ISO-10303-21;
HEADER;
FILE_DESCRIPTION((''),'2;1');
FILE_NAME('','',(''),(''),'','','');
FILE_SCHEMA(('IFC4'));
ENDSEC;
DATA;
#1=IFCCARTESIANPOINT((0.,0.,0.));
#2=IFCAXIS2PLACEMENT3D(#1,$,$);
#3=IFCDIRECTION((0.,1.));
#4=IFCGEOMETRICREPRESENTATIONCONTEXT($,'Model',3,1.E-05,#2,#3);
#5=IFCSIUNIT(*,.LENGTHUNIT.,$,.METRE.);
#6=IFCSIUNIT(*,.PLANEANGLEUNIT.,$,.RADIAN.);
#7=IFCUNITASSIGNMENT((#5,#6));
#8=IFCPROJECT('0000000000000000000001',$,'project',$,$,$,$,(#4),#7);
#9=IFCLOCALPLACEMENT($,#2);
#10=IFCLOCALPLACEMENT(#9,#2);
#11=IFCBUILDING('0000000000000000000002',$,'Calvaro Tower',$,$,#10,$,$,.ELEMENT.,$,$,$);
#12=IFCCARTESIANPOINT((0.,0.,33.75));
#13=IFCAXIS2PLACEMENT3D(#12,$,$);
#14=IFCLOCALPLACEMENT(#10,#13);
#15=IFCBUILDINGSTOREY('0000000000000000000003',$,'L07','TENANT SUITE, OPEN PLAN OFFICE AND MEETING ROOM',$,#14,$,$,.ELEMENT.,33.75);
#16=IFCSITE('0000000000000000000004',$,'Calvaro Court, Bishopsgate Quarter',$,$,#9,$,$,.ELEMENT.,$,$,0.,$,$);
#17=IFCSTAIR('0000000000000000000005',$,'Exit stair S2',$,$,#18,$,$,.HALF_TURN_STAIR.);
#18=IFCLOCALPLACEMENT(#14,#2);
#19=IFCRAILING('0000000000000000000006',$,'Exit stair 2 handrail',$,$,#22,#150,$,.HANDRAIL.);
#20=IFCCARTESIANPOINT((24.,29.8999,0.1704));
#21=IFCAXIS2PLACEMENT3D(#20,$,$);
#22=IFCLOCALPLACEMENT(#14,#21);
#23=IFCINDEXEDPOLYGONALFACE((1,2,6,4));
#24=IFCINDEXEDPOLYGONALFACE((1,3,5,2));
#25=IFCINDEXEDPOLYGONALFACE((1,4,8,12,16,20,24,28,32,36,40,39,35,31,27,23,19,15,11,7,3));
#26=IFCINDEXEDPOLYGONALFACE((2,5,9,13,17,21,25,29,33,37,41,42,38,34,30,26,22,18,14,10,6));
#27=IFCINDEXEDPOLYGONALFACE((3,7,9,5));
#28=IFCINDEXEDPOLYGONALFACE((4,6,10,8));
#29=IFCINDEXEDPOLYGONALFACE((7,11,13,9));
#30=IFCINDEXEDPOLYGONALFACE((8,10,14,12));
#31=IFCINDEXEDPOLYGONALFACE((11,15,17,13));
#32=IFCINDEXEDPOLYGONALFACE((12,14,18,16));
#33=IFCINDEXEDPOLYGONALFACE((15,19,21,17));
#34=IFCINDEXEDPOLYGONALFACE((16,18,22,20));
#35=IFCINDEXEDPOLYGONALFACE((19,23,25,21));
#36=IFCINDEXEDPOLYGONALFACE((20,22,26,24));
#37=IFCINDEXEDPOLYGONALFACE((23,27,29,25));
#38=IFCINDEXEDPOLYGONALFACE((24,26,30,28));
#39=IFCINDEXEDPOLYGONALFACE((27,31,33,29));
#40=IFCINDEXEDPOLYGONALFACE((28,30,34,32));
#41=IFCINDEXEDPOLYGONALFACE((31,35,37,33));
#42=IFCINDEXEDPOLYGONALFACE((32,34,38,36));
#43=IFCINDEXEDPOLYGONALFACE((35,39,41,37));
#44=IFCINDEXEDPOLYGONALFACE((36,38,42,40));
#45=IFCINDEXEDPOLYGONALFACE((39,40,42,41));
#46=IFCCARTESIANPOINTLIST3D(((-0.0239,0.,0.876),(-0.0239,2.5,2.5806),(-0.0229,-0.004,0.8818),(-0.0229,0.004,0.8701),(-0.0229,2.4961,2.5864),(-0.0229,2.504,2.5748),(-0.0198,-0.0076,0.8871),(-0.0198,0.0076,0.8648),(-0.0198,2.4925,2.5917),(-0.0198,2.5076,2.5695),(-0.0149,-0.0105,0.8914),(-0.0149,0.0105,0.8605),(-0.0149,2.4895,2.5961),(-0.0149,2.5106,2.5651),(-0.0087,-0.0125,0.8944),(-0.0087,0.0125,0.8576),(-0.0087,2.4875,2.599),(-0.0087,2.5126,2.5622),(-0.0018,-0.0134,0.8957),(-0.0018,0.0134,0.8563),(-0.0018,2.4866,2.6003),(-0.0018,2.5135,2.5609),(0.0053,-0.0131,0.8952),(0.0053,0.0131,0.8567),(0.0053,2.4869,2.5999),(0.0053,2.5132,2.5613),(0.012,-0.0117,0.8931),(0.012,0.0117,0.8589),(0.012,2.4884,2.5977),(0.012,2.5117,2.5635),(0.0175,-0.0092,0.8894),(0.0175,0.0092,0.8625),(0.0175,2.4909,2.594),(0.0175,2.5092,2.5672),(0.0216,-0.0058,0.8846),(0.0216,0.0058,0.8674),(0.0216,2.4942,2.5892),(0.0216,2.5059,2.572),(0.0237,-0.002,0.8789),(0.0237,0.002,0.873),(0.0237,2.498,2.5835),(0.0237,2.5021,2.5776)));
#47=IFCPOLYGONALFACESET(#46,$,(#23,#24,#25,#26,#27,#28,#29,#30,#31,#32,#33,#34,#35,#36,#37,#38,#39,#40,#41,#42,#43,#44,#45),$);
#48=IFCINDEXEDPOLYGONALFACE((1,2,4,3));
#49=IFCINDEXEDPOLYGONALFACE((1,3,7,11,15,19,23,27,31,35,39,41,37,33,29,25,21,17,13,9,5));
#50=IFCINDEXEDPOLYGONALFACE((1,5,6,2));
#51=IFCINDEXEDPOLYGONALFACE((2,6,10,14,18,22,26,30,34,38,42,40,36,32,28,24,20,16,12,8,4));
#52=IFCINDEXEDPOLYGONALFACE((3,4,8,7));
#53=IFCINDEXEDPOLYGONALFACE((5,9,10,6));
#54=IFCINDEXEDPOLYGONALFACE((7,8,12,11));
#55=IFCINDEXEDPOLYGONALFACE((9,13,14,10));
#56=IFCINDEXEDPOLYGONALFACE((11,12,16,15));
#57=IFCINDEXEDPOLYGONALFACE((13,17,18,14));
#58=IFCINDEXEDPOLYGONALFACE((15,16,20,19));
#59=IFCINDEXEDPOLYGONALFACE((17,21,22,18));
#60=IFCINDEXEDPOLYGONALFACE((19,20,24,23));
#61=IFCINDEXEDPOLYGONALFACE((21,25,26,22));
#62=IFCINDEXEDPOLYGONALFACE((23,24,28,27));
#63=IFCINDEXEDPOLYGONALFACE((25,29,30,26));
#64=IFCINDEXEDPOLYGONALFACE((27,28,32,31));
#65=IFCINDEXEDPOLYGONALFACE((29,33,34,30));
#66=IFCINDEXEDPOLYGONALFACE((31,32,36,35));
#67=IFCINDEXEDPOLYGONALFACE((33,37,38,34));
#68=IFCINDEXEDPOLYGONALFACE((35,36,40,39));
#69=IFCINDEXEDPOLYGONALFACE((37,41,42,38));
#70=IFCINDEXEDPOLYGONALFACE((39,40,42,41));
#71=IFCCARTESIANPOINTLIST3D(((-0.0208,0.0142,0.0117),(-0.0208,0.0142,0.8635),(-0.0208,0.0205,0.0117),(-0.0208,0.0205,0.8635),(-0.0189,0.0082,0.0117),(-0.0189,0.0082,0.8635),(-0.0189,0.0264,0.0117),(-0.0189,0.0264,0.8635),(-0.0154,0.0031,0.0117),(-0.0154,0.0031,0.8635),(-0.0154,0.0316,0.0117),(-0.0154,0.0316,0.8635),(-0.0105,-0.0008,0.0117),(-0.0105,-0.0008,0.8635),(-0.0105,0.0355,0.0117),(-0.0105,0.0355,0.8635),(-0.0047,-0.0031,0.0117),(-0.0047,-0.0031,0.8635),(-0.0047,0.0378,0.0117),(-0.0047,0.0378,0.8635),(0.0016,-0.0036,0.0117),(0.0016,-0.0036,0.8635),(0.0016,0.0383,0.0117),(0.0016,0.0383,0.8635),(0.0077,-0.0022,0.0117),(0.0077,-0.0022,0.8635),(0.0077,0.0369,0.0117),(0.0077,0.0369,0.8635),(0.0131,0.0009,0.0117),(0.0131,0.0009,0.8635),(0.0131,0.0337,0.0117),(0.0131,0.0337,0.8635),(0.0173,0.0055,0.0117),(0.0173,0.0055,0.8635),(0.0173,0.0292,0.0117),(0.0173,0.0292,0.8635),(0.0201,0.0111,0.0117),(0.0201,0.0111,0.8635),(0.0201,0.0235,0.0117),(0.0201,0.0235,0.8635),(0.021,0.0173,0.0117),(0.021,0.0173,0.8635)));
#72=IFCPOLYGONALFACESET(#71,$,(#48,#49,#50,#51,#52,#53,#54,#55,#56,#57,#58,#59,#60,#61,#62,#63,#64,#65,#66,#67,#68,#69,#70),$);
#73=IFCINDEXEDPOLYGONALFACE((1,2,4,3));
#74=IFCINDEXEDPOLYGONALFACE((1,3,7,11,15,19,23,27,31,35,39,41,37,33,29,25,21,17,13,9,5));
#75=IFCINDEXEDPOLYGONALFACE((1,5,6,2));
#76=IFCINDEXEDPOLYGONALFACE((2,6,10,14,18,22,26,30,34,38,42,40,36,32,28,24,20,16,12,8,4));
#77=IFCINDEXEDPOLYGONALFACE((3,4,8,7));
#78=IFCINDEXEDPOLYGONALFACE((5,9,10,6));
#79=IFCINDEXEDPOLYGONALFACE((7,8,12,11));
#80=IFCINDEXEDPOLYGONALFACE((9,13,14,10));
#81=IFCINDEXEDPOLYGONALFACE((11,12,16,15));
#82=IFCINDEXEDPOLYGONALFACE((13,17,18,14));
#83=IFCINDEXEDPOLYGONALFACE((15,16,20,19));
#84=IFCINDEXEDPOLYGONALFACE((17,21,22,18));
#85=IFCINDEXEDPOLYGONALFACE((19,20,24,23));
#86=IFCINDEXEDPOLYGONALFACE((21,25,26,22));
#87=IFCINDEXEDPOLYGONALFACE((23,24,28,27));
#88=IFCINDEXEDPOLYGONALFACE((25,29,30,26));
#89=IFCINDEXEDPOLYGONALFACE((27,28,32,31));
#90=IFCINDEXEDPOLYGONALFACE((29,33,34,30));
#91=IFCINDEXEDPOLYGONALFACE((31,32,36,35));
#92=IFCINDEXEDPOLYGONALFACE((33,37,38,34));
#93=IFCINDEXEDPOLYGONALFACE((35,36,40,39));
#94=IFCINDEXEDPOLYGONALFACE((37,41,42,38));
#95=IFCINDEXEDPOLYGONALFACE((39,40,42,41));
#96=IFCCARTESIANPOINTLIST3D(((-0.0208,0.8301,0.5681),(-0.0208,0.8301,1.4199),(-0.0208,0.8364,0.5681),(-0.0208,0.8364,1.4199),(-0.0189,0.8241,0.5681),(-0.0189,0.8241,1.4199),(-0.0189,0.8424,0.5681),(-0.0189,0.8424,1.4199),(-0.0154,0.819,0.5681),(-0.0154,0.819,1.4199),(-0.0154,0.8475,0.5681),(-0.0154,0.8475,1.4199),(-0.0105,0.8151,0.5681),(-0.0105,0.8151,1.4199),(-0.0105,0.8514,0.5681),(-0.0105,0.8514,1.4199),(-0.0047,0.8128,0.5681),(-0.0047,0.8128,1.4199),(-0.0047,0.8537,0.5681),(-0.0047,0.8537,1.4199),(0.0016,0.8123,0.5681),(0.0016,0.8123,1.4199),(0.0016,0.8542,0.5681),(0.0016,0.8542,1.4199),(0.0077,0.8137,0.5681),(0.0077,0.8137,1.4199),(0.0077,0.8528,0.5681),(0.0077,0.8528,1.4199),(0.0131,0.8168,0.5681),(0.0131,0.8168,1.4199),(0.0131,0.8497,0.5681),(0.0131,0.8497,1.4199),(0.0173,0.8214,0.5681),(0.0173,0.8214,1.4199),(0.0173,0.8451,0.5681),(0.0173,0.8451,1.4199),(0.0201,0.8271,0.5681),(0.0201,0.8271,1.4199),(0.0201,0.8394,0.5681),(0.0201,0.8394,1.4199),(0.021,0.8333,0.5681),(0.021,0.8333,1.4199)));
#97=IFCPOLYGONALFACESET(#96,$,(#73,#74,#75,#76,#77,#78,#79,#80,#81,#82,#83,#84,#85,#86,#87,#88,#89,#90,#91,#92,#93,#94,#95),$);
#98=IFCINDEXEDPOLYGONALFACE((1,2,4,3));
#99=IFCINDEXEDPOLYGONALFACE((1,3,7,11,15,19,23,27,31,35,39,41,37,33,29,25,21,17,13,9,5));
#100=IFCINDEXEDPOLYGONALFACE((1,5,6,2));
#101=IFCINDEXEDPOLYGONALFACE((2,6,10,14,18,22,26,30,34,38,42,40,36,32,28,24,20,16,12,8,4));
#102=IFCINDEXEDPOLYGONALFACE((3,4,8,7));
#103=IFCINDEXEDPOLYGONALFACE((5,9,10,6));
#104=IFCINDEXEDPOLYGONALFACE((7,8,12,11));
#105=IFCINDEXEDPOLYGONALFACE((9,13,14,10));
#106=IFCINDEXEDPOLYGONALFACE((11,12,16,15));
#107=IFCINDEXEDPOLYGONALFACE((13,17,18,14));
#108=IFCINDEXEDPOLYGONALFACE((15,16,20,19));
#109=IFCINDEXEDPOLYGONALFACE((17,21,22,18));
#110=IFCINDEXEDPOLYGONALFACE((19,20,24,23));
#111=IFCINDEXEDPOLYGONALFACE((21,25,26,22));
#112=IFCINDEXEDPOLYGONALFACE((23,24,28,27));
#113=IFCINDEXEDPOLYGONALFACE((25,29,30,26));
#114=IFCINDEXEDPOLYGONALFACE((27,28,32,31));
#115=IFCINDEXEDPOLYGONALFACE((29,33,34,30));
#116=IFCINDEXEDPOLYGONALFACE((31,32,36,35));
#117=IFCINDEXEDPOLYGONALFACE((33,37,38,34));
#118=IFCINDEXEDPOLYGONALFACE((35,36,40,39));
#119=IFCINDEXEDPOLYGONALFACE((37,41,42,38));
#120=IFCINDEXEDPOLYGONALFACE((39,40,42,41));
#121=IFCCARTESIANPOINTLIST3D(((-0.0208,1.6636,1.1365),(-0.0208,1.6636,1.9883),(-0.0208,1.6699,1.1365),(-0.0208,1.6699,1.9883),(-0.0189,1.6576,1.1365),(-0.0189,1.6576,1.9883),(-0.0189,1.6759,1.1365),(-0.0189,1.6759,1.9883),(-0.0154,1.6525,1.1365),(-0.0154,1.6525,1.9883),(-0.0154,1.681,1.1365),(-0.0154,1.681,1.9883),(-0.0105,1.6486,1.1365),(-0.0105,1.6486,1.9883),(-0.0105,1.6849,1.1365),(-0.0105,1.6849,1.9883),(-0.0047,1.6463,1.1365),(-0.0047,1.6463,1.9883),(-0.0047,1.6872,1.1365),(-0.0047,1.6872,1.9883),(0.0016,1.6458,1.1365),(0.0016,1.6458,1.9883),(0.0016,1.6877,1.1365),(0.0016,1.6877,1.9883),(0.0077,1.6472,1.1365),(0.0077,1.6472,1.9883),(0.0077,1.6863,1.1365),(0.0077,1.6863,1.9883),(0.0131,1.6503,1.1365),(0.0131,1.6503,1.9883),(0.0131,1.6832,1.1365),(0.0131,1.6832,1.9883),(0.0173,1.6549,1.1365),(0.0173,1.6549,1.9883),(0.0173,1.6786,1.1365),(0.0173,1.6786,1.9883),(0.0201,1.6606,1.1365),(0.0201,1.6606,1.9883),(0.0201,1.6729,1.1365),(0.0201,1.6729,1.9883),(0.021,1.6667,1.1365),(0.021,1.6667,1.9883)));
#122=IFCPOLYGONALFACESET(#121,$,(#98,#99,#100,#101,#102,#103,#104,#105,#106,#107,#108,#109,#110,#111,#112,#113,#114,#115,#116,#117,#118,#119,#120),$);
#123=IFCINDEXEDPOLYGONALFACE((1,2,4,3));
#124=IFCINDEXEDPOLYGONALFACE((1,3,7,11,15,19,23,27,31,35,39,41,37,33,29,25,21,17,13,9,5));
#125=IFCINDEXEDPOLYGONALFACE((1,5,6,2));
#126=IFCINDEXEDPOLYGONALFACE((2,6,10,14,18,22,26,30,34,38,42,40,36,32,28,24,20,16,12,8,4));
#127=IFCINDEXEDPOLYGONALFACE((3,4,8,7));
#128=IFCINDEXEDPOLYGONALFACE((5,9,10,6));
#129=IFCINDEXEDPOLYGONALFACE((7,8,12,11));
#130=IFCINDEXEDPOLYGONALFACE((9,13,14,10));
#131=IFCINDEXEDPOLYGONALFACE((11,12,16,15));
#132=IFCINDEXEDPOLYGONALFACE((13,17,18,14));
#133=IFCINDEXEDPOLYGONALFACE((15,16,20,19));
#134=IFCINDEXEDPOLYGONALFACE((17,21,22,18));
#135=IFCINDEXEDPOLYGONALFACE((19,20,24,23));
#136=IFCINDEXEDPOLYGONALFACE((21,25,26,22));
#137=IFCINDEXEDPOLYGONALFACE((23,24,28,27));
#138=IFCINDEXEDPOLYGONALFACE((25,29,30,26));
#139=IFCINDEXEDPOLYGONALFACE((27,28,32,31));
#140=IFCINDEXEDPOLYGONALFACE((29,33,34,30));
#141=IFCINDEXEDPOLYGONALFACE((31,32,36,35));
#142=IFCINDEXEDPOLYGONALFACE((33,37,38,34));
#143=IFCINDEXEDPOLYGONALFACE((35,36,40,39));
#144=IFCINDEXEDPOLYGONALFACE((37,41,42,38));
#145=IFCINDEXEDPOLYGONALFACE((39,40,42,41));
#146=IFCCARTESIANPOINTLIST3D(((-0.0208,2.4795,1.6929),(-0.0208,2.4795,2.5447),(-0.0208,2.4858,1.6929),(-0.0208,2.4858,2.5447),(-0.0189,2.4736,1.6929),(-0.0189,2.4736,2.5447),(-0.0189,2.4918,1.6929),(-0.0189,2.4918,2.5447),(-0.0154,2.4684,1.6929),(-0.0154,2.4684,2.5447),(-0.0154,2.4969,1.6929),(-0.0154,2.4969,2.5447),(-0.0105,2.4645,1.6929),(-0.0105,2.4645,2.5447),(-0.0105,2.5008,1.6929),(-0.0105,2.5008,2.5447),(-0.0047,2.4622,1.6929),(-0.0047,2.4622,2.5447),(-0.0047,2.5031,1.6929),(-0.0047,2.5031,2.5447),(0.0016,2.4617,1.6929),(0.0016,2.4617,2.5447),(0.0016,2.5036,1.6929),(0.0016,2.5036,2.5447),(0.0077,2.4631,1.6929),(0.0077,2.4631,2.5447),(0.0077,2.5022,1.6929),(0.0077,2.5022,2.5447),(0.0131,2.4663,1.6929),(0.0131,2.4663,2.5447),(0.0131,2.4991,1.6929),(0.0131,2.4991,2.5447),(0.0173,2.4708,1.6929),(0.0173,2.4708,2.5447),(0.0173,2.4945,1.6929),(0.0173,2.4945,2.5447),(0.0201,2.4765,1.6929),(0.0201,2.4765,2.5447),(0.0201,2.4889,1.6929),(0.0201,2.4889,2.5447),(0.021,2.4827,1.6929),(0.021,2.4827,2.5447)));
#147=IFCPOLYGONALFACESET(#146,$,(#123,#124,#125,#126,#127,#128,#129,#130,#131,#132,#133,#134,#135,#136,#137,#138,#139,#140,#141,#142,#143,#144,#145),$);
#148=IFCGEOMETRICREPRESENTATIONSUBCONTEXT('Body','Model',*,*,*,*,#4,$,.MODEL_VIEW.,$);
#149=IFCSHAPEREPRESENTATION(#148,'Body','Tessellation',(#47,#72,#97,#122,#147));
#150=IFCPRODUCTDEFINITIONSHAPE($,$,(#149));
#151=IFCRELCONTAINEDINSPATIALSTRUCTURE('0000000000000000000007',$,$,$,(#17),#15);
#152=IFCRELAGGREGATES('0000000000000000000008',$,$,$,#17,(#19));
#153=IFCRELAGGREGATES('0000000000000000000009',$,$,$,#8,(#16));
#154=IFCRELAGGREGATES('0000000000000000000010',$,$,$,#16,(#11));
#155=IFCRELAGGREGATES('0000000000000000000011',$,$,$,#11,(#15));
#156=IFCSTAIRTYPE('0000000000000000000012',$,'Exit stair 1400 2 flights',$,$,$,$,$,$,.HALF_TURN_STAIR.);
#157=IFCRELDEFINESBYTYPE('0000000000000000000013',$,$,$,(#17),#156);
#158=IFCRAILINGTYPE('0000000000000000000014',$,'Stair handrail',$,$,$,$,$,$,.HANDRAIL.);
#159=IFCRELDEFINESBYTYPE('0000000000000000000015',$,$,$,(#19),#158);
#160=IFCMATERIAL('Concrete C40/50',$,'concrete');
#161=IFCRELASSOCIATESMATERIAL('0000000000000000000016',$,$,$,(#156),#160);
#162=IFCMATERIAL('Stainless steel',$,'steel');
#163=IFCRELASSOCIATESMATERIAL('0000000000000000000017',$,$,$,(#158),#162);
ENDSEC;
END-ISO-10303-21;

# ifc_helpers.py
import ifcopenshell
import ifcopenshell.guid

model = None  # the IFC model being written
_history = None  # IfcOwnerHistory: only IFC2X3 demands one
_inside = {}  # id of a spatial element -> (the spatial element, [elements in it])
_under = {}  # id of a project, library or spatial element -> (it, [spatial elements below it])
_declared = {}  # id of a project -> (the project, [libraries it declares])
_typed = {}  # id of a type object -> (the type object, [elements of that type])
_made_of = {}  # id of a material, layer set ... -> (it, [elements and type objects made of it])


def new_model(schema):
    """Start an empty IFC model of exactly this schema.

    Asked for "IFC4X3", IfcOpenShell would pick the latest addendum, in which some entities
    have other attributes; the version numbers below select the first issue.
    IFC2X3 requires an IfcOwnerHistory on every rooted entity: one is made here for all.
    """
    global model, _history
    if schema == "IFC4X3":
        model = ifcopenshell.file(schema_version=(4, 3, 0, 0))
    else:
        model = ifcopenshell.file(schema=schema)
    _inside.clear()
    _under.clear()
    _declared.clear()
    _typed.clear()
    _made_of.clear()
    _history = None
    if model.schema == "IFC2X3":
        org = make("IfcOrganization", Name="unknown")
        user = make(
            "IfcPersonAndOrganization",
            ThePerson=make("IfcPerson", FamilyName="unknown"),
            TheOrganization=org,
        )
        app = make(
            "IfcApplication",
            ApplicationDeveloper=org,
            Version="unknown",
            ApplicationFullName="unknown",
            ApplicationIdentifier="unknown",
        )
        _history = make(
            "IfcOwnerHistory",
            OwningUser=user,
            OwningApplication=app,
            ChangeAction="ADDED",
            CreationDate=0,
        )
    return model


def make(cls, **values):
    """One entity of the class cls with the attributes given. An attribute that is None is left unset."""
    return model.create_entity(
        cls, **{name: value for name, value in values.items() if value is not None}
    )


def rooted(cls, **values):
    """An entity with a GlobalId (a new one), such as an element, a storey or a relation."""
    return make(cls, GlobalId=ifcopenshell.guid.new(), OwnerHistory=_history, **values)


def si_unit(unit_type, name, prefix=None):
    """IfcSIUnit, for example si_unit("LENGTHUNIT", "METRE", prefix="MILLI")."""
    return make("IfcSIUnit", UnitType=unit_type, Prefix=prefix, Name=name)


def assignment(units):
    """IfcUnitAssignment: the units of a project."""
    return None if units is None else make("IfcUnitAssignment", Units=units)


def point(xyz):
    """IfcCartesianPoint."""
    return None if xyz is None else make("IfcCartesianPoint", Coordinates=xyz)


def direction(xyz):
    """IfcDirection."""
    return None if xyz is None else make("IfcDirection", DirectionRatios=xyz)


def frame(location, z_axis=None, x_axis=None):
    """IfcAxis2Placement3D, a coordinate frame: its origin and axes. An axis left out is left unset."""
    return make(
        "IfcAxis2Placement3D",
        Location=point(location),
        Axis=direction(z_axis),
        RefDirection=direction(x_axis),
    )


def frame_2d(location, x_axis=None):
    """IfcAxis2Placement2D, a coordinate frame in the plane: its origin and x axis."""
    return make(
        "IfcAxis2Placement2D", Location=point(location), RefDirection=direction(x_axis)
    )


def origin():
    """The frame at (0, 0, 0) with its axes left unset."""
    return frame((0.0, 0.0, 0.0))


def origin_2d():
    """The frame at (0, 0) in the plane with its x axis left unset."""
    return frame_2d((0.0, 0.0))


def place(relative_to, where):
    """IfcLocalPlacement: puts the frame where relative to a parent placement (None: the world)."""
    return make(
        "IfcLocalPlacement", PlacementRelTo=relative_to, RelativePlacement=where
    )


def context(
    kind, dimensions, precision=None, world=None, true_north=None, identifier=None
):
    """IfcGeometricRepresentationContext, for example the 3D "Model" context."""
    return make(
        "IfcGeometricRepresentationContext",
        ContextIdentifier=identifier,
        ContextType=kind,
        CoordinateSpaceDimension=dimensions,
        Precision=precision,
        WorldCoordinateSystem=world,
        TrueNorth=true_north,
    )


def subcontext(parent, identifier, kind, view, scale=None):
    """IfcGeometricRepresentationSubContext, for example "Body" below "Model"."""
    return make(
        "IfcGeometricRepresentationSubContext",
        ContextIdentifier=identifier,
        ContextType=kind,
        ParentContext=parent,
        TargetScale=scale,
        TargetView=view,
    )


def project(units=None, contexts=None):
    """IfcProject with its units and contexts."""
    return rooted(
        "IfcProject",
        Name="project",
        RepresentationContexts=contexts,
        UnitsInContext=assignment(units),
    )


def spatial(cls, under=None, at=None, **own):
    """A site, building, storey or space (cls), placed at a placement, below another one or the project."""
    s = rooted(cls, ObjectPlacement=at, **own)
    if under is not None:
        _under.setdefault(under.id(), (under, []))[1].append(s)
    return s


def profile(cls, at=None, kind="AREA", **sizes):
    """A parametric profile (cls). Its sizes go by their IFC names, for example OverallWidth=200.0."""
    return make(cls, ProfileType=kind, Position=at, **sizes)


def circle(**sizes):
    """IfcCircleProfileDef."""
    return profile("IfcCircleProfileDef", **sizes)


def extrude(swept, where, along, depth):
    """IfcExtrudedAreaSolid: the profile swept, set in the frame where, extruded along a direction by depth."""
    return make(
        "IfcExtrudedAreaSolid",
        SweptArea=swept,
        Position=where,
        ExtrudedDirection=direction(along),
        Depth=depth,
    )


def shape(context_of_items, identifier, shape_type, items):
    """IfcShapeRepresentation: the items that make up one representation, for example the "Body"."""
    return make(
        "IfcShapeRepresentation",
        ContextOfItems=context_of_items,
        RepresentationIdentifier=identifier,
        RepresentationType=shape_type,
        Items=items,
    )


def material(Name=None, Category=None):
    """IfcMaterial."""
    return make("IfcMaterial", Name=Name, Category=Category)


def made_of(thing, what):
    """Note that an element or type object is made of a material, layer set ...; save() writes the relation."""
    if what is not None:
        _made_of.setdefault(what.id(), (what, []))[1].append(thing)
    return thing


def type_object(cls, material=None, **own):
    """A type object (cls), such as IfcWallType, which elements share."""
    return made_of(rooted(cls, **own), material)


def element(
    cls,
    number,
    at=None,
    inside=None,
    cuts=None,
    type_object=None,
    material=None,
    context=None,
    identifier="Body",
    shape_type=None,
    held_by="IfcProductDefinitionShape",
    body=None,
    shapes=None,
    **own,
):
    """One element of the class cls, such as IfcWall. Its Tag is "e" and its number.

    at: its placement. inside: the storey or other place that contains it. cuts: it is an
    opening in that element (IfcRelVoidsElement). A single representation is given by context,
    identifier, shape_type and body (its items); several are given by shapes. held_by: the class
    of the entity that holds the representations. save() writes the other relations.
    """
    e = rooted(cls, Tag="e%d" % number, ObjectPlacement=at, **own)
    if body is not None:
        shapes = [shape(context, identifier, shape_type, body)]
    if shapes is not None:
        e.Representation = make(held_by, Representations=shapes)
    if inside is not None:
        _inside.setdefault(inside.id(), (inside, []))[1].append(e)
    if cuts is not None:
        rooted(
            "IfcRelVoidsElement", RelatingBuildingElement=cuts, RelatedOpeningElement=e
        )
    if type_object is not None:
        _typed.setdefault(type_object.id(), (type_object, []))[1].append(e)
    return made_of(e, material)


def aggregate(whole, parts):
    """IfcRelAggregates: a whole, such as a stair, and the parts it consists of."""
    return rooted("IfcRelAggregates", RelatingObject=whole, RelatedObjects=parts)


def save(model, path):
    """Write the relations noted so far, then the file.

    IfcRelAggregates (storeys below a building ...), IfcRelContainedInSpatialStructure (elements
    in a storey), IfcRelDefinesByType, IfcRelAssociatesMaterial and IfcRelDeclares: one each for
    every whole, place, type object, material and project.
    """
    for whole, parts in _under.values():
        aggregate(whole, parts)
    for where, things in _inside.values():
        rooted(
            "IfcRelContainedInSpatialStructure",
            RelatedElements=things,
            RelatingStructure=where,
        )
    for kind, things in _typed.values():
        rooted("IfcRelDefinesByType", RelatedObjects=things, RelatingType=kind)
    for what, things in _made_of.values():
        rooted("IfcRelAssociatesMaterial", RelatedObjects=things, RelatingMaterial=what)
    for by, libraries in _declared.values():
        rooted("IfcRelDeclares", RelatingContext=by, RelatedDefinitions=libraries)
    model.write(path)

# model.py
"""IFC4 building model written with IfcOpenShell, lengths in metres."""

from ifc_helpers import new_model, si_unit, direction, frame, origin, origin_2d, place, context, subcontext, project, spatial, circle, extrude, material, type_object, element, aggregate, save


model = new_model("IFC4")

# Units and contexts
model_context = context("Model", 3, precision=1e-05, world=origin(), true_north=direction((0.0, 1.0)))
body_context = subcontext(model_context, "Body", "Model", "MODEL_VIEW")
ifc_project = project(units=[si_unit("LENGTHUNIT", "METRE"), si_unit("PLANEANGLEUNIT", "RADIAN")], contexts=[model_context])

# Site, building, storey
site_placement = place(None, origin())
site = spatial("IfcSite", under=ifc_project, at=site_placement, Name="Calvaro Court, Bishopsgate Quarter", CompositionType="ELEMENT", RefElevation=0.0)
building_placement = place(site_placement, origin())
building = spatial("IfcBuilding", under=site, at=building_placement, Name="Calvaro Tower", CompositionType="ELEMENT")
storey_placement = place(building_placement, frame((0.0, 0.0, 33.75)))
storey = spatial("IfcBuildingStorey", under=building, at=storey_placement, Name="L07", Description="TENANT SUITE, OPEN PLAN OFFICE AND MEETING ROOM", CompositionType="ELEMENT", Elevation=33.75)

# Stair, railing
ifc_material_1 = material(Name="Concrete C40/50", Category="concrete")
stair_type = type_object("IfcStairType", Name="Exit stair 1400 2 flights", PredefinedType="HALF_TURN_STAIR", material=ifc_material_1)
stair_placement = place(storey_placement, origin())
stair = element("IfcStair", 1, at=stair_placement, inside=storey, type_object=stair_type, Name="Exit stair S2", PredefinedType="HALF_TURN_STAIR")
ifc_material_2 = material(Name="Stainless steel", Category="steel")
railing_type = type_object("IfcRailingType", Name="Stair handrail", PredefinedType="HANDRAIL", material=ifc_material_2)
railing_placement = place(storey_placement, frame((24.0, 29.8999, 0.1704)))
railing = element("IfcRailing", 2, at=railing_placement, type_object=railing_type, Name="Exit stair 2 handrail", PredefinedType="HANDRAIL", context=body_context, shape_type="SweptSolid", body=[
    extrude(circle(Radius=0.0239, at=origin_2d()), frame((0.0, 0.0, 0.876), z_axis=(0.0, 0.826221, 0.563347), x_axis=(-1.0, 0.0, 0.0)), (0.0, 0.0, 1.0), 3.0259),
    extrude(circle(Radius=0.021, at=origin_2d()), frame((0.0, 0.0173, 0.0117)), (0.0, 0.0, 1.0), 0.8518),
    extrude(circle(Radius=0.021, at=origin_2d()), frame((0.0, 0.8333, 0.5681)), (0.0, 0.0, 1.0), 0.8518),
    extrude(circle(Radius=0.021, at=origin_2d()), frame((0.0, 1.6667, 1.1365)), (0.0, 0.0, 1.0), 0.8518),
    extrude(circle(Radius=0.021, at=origin_2d()), frame((0.0, 2.4827, 1.6929)), (0.0, 0.0, 1.0), 0.8518),
])
aggregate(stair, [railing])

save(model, "model.ifc")
